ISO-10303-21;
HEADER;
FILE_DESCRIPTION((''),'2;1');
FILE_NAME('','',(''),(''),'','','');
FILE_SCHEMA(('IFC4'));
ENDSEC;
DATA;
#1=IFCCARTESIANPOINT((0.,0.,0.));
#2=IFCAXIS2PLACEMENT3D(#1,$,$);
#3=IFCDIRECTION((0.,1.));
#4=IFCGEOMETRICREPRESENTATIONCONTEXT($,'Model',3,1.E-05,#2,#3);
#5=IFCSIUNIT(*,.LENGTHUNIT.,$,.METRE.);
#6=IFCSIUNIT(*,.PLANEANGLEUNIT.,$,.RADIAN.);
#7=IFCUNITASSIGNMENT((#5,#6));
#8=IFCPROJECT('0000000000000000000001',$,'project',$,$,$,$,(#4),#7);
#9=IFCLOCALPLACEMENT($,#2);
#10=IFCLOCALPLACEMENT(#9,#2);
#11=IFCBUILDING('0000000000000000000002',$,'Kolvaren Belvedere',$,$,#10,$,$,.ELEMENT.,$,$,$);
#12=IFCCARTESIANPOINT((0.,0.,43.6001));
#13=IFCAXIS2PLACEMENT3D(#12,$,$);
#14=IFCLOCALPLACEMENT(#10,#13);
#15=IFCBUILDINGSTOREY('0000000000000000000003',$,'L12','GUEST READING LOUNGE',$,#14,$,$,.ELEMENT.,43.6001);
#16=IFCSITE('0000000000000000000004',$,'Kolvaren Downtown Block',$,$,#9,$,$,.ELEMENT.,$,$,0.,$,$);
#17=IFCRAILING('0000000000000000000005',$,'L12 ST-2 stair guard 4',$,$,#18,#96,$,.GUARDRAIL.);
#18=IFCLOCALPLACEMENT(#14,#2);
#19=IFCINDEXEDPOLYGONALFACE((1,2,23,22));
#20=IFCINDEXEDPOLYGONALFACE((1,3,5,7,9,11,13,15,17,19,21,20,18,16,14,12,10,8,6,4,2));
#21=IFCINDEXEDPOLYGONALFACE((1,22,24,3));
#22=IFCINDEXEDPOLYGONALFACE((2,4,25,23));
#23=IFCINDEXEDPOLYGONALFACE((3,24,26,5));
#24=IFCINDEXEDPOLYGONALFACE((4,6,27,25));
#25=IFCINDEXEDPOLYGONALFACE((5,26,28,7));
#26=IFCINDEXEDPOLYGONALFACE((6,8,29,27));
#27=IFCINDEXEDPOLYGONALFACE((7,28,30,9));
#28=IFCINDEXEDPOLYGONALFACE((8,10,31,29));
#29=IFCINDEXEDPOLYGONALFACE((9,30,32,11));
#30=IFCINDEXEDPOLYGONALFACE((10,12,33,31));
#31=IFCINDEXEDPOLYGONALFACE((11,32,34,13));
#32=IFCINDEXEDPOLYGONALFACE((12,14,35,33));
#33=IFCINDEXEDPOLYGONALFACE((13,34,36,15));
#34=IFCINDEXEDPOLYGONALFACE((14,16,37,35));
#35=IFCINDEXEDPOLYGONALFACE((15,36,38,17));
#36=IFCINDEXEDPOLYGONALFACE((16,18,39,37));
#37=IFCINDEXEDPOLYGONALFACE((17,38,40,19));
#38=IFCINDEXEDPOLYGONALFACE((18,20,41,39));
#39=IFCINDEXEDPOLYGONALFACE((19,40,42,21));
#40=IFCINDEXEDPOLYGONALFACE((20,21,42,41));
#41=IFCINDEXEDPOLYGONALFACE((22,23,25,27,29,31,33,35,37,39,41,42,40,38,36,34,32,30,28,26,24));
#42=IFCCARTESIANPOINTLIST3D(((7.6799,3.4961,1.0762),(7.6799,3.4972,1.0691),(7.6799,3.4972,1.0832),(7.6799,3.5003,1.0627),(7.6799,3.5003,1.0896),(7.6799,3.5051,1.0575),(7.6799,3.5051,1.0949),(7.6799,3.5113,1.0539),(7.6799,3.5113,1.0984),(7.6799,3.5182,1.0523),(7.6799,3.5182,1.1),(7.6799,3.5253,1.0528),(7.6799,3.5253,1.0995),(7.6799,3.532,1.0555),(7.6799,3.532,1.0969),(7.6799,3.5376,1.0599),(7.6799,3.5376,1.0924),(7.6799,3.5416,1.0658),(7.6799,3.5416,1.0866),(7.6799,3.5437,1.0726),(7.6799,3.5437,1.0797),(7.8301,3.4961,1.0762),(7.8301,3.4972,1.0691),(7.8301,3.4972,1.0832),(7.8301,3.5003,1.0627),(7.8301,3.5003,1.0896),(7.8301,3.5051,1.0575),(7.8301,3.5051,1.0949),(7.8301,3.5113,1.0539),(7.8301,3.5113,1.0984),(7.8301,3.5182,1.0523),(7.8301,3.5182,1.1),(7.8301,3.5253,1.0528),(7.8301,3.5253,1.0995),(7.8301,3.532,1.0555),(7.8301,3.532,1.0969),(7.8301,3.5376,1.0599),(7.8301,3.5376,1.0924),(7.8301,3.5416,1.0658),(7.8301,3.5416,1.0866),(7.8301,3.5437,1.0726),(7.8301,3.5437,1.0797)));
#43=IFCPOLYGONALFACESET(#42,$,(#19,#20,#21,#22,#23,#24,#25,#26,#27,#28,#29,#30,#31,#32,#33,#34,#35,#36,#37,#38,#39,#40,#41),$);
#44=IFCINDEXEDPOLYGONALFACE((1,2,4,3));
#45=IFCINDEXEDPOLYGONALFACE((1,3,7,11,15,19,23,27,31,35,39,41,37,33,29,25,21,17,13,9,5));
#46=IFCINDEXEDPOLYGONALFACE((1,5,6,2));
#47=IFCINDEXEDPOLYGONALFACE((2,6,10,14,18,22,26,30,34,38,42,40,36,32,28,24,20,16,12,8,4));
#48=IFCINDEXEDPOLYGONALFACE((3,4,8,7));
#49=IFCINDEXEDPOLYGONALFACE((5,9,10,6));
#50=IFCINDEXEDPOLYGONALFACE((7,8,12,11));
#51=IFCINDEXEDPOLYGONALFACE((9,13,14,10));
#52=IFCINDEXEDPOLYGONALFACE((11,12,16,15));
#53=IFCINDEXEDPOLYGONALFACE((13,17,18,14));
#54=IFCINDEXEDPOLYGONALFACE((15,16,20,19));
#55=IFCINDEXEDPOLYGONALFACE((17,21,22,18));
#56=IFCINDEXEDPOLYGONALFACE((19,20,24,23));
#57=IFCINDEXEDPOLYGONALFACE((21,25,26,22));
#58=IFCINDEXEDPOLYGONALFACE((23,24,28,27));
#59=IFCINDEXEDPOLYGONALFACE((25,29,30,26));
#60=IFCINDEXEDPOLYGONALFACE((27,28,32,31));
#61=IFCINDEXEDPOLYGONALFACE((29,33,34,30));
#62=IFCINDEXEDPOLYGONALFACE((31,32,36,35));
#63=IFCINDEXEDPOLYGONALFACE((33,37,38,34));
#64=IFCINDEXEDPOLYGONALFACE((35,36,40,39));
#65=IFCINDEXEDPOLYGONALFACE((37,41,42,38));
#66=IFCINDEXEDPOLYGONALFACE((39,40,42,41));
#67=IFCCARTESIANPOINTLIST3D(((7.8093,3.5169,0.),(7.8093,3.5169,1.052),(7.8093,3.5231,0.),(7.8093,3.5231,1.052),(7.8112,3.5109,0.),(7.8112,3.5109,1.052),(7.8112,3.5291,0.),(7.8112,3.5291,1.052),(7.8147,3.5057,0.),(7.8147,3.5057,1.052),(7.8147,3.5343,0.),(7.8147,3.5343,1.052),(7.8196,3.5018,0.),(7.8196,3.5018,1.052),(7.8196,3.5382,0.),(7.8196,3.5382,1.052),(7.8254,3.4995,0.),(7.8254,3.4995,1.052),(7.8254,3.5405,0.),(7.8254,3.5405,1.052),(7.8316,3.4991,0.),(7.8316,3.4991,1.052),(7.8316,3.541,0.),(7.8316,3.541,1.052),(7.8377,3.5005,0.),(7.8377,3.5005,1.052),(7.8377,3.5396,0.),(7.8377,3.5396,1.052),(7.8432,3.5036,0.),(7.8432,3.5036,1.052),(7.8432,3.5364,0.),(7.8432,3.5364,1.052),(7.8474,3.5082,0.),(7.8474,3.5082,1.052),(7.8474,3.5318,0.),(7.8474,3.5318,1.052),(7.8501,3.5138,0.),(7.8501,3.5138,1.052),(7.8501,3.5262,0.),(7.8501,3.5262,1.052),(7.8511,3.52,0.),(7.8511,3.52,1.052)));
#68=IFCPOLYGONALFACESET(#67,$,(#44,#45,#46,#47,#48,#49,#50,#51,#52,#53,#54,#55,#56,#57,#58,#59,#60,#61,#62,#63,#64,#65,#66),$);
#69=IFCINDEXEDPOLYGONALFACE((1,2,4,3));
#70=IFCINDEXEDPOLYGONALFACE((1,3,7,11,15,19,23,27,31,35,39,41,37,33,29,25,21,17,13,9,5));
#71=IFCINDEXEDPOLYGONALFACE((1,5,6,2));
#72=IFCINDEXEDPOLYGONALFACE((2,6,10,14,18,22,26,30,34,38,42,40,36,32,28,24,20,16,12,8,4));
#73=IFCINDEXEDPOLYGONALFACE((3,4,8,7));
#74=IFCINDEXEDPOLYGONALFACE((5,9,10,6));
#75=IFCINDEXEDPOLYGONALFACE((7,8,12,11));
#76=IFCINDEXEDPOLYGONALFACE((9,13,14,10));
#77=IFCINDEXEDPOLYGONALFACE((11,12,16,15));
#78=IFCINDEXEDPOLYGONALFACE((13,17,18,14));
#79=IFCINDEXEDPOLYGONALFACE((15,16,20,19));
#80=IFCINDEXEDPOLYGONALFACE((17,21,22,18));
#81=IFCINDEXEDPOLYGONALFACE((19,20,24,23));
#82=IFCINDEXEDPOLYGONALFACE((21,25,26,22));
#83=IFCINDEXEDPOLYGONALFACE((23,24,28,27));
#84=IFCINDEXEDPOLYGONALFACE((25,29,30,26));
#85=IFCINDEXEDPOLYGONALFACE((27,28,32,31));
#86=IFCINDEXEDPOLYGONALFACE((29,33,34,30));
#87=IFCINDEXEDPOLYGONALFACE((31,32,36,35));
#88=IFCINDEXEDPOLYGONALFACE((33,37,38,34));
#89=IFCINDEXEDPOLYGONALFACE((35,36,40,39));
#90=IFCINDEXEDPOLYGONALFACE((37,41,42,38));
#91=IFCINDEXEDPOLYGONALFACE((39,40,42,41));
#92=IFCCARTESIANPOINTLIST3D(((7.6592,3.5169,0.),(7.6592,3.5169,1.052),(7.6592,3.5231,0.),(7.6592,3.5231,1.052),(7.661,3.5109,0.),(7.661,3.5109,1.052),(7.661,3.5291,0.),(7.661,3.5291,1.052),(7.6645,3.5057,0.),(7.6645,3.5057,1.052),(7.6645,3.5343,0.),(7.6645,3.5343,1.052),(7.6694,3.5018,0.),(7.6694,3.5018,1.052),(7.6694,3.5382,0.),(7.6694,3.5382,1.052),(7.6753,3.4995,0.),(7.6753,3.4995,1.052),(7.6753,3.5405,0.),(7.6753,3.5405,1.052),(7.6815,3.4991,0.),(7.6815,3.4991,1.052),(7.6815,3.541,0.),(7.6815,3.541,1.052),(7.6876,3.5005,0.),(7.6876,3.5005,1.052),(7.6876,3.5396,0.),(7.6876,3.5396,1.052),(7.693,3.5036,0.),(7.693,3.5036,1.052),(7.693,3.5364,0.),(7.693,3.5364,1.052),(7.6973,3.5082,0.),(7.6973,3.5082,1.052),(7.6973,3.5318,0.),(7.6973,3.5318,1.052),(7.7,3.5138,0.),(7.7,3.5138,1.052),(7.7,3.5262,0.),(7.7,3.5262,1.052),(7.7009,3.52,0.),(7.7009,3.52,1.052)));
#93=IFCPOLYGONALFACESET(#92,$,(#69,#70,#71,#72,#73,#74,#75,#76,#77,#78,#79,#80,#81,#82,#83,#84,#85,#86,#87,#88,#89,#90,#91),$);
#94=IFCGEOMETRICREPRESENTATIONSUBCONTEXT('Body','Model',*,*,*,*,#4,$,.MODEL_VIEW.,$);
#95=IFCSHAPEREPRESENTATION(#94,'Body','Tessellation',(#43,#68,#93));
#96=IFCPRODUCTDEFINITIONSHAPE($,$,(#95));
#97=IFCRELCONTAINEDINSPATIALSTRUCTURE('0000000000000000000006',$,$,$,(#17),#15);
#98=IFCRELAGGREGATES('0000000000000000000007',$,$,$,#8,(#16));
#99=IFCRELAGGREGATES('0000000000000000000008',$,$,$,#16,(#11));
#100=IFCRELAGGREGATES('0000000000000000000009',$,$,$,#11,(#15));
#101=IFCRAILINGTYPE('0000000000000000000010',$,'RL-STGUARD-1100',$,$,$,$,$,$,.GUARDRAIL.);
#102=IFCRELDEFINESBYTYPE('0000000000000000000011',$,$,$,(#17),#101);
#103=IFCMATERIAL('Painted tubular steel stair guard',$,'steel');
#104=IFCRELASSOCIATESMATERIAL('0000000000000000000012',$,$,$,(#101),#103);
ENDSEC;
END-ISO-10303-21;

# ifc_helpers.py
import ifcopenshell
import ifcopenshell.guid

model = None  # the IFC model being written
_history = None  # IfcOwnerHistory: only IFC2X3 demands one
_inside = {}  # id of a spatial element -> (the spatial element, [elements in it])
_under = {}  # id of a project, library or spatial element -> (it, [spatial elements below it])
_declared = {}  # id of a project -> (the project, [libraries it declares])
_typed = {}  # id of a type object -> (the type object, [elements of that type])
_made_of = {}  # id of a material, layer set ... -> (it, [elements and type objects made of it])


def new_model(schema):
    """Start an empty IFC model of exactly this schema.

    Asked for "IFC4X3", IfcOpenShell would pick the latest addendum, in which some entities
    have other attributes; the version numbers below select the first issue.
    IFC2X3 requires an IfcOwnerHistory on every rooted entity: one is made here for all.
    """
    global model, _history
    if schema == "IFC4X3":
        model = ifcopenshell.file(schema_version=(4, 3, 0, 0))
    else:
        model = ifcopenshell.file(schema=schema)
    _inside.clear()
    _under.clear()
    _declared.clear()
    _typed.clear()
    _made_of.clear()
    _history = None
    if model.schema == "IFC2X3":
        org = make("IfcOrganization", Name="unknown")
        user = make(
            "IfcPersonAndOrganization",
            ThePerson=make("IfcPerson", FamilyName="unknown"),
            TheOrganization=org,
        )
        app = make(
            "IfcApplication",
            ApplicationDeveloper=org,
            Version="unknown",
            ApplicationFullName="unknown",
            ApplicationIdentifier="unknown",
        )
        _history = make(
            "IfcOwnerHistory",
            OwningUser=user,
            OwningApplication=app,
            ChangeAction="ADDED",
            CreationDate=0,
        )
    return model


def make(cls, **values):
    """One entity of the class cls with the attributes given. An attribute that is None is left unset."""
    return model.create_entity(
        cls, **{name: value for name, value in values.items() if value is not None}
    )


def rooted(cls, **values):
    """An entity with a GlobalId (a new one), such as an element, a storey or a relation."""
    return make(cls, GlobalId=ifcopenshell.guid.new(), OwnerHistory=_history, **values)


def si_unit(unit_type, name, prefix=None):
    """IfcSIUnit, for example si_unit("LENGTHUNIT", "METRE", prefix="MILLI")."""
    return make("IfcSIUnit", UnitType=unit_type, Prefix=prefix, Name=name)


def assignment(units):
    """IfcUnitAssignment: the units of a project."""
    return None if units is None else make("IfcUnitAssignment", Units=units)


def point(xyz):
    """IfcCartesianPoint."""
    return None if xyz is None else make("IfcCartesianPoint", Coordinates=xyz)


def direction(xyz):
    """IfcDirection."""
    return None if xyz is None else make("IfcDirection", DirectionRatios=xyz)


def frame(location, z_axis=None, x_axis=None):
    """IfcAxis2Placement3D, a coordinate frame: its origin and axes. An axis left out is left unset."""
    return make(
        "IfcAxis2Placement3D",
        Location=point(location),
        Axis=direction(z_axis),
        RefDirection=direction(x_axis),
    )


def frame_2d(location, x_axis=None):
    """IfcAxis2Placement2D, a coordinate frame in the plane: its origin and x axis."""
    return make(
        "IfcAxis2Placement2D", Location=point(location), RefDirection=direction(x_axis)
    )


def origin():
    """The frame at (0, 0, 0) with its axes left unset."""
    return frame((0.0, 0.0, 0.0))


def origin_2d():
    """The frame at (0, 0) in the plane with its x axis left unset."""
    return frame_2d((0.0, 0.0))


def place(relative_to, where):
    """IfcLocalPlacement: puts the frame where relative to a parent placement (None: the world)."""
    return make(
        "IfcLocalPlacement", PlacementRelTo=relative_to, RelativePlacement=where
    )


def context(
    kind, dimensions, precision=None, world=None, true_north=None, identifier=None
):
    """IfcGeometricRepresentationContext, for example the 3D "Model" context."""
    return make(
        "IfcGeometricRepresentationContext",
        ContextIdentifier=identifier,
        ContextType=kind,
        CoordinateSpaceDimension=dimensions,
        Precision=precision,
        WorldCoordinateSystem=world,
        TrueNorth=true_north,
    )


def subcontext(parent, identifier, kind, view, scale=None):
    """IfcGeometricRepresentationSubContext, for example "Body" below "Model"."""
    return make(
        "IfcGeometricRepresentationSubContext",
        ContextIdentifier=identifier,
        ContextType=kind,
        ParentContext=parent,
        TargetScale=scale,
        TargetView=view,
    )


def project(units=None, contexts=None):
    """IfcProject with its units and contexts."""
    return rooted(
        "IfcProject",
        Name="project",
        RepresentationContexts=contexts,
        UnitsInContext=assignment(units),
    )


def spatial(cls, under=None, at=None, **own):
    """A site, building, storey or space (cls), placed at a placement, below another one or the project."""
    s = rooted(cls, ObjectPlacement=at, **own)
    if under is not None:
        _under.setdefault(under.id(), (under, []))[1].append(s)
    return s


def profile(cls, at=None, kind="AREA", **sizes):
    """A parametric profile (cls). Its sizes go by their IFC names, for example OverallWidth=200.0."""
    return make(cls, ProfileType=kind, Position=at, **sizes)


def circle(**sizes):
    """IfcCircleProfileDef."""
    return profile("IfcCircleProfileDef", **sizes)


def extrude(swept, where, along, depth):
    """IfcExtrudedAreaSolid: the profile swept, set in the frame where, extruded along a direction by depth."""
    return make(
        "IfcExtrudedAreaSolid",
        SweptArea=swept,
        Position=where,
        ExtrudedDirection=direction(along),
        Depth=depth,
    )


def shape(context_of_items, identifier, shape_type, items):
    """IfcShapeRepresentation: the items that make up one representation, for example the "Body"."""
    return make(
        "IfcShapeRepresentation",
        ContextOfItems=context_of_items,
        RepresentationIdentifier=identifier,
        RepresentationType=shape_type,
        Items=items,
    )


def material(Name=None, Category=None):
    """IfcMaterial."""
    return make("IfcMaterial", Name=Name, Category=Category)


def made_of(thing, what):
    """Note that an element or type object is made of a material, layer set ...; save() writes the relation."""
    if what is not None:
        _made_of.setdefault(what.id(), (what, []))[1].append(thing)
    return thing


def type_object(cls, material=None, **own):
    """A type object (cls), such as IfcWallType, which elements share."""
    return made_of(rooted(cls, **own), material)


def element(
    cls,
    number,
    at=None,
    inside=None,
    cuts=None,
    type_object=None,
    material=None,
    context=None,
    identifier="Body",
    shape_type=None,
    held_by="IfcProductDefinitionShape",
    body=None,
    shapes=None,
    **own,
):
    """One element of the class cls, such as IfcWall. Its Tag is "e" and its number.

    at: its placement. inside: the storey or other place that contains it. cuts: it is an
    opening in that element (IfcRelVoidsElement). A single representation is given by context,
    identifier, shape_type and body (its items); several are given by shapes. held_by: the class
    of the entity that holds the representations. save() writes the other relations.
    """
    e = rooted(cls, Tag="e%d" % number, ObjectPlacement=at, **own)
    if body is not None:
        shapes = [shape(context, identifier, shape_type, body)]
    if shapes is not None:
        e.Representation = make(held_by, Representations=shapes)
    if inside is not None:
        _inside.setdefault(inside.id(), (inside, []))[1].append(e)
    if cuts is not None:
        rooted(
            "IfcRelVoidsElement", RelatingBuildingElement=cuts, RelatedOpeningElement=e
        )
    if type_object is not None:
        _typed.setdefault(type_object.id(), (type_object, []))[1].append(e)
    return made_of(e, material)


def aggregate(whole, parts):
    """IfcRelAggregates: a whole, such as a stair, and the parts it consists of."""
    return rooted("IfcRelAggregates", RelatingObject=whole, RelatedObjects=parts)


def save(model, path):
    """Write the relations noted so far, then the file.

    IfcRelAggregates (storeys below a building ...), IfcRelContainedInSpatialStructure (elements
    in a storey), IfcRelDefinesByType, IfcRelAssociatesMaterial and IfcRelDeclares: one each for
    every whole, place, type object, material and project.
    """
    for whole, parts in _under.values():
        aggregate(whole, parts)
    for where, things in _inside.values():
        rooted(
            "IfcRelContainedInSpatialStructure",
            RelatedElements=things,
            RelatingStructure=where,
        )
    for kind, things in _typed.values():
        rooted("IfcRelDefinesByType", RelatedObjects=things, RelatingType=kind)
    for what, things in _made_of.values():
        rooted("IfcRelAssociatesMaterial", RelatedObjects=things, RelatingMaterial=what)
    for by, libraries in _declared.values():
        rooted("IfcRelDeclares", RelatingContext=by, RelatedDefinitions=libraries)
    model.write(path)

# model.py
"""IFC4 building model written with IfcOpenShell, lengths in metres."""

from ifc_helpers import new_model, si_unit, direction, frame, origin, origin_2d, place, context, subcontext, project, spatial, circle, extrude, material, type_object, element, save


model = new_model("IFC4")

# Units and contexts
model_context = context("Model", 3, precision=1e-05, world=origin(), true_north=direction((0.0, 1.0)))
body_context = subcontext(model_context, "Body", "Model", "MODEL_VIEW")
ifc_project = project(units=[si_unit("LENGTHUNIT", "METRE"), si_unit("PLANEANGLEUNIT", "RADIAN")], contexts=[model_context])

# Site, building, storey
site_placement = place(None, origin())
site = spatial("IfcSite", under=ifc_project, at=site_placement, Name="Kolvaren Downtown Block", CompositionType="ELEMENT", RefElevation=0.0)
building_placement = place(site_placement, origin())
building = spatial("IfcBuilding", under=site, at=building_placement, Name="Kolvaren Belvedere", CompositionType="ELEMENT")
storey_placement = place(building_placement, frame((0.0, 0.0, 43.6001)))
storey = spatial("IfcBuildingStorey", under=building, at=storey_placement, Name="L12", Description="GUEST READING LOUNGE", CompositionType="ELEMENT", Elevation=43.6001)

# Railing
ifc_material_1 = material(Name="Painted tubular steel stair guard", Category="steel")
railing_type_1 = type_object("IfcRailingType", Name="RL-STGUARD-1100", PredefinedType="GUARDRAIL", material=ifc_material_1)
railing_1_placement = place(storey_placement, frame((7.8301, 3.52, 0.0)))
element("IfcRailing", 1, at=railing_1_placement, inside=storey, type_object=railing_type_1, Name="L12 ST-2 stair guard 4", PredefinedType="GUARDRAIL", context=body_context, shape_type="SweptSolid", body=[
    extrude(circle(Radius=0.0239, at=origin_2d()), frame((0.0, 0.0, 1.0762), z_axis=(-1.0, 0.0, 0.0), x_axis=(0.0, -1.0, 0.0)), (0.0, 0.0, 1.0), 0.1501),
    extrude(circle(Radius=0.021, at=origin_2d()), origin(), (0.0, 0.0, 1.0), 1.052),
    extrude(circle(Radius=0.021, at=origin_2d()), frame((-0.1501, 0.0, 0.0)), (0.0, 0.0, 1.0), 1.052),
])

save(model, "model.ifc")
